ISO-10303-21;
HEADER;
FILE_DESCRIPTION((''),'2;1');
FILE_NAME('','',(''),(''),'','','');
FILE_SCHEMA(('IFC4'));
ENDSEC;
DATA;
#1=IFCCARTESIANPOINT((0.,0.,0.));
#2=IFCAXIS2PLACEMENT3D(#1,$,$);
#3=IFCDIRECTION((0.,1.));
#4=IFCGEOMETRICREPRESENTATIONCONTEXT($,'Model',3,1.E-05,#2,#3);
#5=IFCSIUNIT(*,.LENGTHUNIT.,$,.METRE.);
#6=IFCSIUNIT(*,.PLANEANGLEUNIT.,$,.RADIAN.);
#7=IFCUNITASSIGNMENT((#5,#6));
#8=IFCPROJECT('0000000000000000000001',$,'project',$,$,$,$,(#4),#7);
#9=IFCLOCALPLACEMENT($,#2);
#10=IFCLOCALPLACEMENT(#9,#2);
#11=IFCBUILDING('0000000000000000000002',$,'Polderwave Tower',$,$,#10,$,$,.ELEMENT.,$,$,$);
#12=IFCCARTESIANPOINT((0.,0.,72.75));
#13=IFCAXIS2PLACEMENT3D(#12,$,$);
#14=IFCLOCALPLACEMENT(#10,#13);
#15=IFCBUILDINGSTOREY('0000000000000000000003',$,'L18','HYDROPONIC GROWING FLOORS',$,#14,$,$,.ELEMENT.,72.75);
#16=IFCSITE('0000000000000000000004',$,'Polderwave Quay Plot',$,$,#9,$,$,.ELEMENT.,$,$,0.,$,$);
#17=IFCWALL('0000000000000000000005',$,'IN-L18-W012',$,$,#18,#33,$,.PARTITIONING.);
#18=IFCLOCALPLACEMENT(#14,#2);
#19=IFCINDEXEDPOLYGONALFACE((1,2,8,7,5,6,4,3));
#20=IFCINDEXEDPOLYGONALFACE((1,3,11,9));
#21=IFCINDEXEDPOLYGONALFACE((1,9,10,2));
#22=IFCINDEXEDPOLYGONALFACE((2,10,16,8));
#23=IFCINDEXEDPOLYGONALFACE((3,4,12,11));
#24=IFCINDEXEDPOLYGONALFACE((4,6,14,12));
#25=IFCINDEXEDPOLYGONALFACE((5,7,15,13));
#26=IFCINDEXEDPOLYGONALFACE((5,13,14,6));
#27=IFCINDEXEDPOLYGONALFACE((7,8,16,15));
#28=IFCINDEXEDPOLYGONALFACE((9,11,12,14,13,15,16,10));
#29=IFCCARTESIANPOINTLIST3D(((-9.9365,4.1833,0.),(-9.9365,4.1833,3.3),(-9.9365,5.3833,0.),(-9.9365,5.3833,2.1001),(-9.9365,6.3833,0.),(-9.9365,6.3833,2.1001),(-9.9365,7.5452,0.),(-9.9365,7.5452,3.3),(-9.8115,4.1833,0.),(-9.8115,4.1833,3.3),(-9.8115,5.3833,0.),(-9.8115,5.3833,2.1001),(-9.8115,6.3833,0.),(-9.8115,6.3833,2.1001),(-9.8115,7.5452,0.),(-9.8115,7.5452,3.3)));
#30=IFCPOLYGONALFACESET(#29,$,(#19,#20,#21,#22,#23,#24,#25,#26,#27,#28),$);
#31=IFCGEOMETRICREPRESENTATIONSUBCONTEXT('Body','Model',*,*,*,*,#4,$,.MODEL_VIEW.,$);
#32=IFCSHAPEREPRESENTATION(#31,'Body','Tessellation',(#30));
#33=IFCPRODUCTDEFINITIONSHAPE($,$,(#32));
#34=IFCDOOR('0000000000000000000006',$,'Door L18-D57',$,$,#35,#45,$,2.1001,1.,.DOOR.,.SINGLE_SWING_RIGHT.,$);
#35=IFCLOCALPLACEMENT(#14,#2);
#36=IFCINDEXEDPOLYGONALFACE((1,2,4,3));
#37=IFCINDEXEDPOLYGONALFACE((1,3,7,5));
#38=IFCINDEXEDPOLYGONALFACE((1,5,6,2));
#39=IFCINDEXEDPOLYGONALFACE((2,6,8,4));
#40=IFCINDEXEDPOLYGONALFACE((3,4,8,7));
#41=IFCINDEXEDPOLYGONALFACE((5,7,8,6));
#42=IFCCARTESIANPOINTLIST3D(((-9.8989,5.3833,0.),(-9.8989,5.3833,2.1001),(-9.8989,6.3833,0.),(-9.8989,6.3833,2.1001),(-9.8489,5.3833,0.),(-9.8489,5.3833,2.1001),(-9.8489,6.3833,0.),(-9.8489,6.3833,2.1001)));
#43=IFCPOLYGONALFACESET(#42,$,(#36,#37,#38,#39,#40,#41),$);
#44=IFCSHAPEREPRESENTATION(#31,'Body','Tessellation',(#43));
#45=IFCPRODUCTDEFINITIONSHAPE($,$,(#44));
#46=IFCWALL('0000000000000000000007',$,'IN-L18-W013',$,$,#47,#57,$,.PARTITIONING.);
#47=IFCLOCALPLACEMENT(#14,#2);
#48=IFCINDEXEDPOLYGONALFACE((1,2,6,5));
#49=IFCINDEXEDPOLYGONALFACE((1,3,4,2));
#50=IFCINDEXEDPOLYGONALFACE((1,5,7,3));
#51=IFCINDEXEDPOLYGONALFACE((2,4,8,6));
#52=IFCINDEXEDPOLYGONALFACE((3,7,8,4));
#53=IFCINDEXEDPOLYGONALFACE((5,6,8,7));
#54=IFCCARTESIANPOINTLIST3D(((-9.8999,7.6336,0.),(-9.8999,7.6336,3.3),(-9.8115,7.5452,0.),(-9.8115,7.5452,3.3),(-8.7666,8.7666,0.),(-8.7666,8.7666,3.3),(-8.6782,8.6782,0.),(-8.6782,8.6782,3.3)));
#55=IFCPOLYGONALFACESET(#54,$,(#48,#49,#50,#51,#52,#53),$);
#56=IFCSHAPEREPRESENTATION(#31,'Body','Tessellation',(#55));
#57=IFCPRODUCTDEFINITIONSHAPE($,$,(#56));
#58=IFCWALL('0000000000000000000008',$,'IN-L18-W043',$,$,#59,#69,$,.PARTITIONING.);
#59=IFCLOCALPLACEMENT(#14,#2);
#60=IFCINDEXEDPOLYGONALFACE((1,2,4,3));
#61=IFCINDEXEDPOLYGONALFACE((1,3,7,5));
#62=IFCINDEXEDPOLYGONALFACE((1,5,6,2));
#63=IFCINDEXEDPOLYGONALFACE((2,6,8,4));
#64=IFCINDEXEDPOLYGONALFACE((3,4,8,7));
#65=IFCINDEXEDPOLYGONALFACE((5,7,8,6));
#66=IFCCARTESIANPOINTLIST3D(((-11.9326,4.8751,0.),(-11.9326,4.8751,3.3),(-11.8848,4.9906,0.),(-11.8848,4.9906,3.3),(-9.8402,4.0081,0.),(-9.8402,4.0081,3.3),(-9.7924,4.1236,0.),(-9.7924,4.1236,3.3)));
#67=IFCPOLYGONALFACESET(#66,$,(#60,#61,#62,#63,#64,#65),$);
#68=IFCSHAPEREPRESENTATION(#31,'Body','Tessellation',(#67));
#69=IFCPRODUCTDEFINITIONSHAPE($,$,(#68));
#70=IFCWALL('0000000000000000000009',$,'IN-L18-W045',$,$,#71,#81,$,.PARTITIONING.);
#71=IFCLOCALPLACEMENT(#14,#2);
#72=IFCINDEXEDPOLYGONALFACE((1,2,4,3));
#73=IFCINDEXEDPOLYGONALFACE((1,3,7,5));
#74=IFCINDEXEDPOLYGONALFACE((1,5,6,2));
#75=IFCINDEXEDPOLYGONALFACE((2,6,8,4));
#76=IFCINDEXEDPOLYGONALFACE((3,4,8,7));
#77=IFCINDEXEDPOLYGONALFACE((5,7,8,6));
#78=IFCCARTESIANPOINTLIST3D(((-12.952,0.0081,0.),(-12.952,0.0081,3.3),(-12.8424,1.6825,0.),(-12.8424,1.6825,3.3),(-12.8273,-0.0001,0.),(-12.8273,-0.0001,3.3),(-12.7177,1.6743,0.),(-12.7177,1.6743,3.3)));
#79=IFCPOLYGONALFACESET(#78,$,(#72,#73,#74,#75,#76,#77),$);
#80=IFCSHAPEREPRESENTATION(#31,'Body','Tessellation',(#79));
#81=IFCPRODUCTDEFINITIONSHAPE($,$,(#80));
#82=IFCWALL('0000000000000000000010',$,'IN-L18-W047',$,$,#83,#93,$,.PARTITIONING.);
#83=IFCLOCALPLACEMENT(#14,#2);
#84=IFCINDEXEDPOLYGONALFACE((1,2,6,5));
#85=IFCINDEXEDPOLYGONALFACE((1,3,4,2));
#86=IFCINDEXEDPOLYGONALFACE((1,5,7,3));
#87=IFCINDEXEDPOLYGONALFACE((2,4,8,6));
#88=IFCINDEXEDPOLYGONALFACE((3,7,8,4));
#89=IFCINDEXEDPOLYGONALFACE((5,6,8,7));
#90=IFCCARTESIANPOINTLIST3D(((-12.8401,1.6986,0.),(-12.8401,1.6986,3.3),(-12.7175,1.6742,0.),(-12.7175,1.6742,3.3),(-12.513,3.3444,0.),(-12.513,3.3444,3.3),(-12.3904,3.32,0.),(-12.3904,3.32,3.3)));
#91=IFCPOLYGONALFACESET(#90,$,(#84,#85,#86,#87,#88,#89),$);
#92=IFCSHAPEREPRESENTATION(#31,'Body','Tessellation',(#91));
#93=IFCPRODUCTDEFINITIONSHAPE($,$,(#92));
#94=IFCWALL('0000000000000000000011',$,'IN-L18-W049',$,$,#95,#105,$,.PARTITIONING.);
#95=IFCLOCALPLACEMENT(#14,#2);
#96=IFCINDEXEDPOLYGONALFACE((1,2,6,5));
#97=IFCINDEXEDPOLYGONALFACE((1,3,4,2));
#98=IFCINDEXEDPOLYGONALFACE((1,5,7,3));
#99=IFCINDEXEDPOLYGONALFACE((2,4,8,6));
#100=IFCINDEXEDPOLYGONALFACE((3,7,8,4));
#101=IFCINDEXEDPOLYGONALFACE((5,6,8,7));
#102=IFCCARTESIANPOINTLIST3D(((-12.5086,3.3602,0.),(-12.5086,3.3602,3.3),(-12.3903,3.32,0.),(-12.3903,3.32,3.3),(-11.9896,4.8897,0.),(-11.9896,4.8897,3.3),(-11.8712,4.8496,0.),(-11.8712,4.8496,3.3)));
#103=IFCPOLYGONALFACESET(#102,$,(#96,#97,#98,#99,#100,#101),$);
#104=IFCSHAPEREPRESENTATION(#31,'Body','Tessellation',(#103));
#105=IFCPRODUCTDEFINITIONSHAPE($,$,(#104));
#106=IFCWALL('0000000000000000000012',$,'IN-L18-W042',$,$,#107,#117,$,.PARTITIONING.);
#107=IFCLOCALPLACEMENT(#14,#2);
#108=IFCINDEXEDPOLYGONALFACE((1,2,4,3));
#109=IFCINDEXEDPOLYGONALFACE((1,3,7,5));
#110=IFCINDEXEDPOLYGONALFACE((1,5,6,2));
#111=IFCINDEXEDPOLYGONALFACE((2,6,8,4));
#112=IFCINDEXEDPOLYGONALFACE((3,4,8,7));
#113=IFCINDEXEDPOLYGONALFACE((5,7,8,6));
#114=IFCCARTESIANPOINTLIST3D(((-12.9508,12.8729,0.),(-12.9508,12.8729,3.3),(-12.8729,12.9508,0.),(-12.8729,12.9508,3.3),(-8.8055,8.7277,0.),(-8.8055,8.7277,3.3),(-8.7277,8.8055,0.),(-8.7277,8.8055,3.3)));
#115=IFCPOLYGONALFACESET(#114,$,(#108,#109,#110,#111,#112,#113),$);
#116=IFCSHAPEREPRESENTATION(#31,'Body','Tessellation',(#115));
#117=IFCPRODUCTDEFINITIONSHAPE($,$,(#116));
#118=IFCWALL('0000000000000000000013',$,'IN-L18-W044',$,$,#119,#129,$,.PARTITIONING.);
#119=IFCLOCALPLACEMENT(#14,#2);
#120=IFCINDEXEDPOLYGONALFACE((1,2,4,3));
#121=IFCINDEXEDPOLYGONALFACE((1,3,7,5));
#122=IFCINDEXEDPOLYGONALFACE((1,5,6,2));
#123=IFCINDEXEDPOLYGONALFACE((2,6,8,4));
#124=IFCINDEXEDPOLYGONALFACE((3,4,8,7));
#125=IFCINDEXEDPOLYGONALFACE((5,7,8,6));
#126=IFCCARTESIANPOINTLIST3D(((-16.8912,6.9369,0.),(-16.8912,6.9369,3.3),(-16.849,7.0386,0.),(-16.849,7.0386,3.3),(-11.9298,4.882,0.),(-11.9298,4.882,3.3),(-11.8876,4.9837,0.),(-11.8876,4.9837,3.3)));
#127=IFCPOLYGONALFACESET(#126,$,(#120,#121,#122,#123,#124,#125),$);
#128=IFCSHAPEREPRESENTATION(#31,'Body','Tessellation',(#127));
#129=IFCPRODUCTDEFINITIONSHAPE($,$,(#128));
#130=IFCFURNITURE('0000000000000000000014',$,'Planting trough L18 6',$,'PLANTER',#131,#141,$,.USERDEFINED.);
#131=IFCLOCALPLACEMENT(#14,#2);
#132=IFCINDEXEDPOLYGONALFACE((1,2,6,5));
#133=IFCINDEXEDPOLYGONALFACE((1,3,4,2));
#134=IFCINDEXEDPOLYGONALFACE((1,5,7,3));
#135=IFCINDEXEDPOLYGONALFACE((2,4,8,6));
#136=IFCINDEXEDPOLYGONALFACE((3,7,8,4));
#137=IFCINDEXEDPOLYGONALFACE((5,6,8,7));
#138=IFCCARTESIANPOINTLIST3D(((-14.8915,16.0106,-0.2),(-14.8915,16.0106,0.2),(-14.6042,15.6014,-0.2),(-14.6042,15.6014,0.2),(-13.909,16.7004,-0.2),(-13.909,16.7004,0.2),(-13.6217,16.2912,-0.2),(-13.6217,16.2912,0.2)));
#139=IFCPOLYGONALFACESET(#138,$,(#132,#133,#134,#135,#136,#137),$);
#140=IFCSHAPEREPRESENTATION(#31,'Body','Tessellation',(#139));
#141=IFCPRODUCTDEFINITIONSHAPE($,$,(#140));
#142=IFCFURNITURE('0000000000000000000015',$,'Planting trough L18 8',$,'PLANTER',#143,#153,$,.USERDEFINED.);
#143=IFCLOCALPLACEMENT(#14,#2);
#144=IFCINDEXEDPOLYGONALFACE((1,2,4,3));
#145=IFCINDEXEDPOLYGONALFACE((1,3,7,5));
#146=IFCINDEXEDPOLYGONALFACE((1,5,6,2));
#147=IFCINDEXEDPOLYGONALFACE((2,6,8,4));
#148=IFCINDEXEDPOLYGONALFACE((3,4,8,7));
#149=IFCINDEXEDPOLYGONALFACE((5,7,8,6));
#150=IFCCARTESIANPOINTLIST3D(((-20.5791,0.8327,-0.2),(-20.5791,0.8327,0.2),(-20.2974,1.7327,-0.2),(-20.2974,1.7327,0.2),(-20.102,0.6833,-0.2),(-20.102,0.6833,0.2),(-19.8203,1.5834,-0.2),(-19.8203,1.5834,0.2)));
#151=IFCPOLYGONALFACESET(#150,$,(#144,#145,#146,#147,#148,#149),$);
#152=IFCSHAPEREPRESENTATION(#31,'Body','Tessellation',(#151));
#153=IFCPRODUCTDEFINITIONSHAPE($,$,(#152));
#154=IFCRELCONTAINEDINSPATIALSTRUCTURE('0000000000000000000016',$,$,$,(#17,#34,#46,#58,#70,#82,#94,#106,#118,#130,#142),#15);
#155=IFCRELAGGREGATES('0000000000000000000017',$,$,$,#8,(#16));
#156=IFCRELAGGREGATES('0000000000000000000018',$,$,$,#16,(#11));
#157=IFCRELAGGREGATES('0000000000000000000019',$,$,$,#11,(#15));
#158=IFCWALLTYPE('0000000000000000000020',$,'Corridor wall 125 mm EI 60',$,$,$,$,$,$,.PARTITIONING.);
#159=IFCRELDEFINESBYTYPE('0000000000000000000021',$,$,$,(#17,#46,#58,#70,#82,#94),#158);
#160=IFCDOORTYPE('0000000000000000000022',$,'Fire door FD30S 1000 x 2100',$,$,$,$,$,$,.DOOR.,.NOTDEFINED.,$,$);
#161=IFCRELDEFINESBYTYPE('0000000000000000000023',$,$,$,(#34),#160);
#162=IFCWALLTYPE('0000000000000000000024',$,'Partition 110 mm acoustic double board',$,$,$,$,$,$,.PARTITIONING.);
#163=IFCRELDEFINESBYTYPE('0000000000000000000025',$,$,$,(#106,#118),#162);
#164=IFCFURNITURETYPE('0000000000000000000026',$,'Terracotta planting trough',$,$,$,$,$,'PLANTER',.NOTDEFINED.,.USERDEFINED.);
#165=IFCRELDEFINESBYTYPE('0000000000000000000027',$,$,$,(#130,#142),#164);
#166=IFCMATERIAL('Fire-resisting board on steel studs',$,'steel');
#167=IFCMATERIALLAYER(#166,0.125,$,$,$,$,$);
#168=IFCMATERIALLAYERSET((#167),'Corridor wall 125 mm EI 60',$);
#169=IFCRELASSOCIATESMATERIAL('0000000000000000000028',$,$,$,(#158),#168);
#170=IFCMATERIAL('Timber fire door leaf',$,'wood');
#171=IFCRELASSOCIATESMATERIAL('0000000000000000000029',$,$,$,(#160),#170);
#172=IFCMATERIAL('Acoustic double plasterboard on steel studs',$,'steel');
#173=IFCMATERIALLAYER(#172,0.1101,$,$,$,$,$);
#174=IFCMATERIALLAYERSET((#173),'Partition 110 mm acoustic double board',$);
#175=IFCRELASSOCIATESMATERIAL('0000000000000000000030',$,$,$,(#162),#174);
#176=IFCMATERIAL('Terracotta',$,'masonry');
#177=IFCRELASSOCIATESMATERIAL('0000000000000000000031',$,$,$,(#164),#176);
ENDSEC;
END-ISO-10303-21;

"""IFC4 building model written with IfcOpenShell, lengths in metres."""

from ifc_helpers import new_model, si_unit, direction, frame, frame_2d, origin, origin_2d, place, context, subcontext, project, spatial, rectangle, extrude, material, layer, layer_set, type_object, element, fill, save


model = new_model("IFC4")

# Units and contexts
model_context = context("Model", 3, precision=1e-05, world=origin(), true_north=direction((0.0, 1.0)))
body_context = subcontext(model_context, "Body", "Model", "MODEL_VIEW")
ifc_project = project(units=[si_unit("LENGTHUNIT", "METRE"), si_unit("PLANEANGLEUNIT", "RADIAN")], contexts=[model_context])

# Site, building, storey
site_placement = place(None, origin())
site = spatial("IfcSite", under=ifc_project, at=site_placement, Name="Polderwave Quay Plot", CompositionType="ELEMENT", RefElevation=0.0)
building_placement = place(site_placement, origin())
building = spatial("IfcBuilding", under=site, at=building_placement, Name="Polderwave Tower", CompositionType="ELEMENT")
storey_placement = place(building_placement, frame((0.0, 0.0, 72.75)))
storey = spatial("IfcBuildingStorey", under=building, at=storey_placement, Name="L18", Description="HYDROPONIC GROWING FLOORS", CompositionType="ELEMENT", Elevation=72.75)

# Shared definitions
ifc_material_1 = material(Name="Fire-resisting board on steel studs", Category="steel")
ifc_layer_1 = layer(ifc_material_1, 0.125)
ifc_layer_set_1 = layer_set([ifc_layer_1], Name="Corridor wall 125 mm EI 60")
wall_type_1 = type_object("IfcWallType", Name="Corridor wall 125 mm EI 60", PredefinedType="PARTITIONING", material=ifc_layer_set_1)

# Wall, opening, door
wall_1_placement = place(storey_placement, frame((-9.874, 4.1833, 0.0), z_axis=(0.0, 0.0, 1.0), x_axis=(0.0, 1.0, 0.0)))
wall_1 = element("IfcWall", 1, at=wall_1_placement, inside=storey, type_object=wall_type_1, Name="IN-L18-W012", PredefinedType="PARTITIONING", context=body_context, shape_type="SweptSolid", body=[
    extrude(rectangle(XDim=3.3618, YDim=0.125, at=frame_2d((1.6809, 0.0))), origin(), (0.0, 0.0, 1.0), 3.3),
])
opening_placement = place(wall_1_placement, frame((1.2, 0.0, 0.0)))
opening = element("IfcOpeningElement", 2, at=opening_placement, cuts=wall_1, PredefinedType="OPENING", context=body_context, shape_type="SweptSolid", body=[
    extrude(rectangle(XDim=1.0, YDim=2.1001, at=frame_2d((0.5, 1.05))), frame((0.0, 0.0725, 0.0), z_axis=(0.0, -1.0, 0.0), x_axis=(1.0, 0.0, 0.0)), (0.0, 0.0, 1.0), 0.145),
])
ifc_material_2 = material(Name="Timber fire door leaf", Category="wood")
door_type = type_object("IfcDoorType", Name="Fire door FD30S 1000 x 2100", OperationType="NOTDEFINED", PredefinedType="DOOR", material=ifc_material_2)
door_placement = place(opening_placement, origin())
door = element("IfcDoor", 3, at=door_placement, inside=storey, type_object=door_type, Name="Door L18-D57", OperationType="SINGLE_SWING_RIGHT", OverallHeight=2.1001, OverallWidth=1.0, PredefinedType="DOOR", context=body_context, shape_type="SweptSolid", body=[
    extrude(rectangle(XDim=1.0, YDim=2.1001, at=frame_2d((0.5, 1.05))), frame((0.0, 0.0249, 0.0), z_axis=(0.0, -1.0, 0.0), x_axis=(1.0, 0.0, 0.0)), (0.0, 0.0, 1.0), 0.05),
])
fill(opening, door)

# Walls
wall_2_placement = place(storey_placement, frame((-9.8557, 7.5894, 0.0), z_axis=(0.0, 0.0, 1.0), x_axis=(0.707183, 0.707031, 0.0)))
element("IfcWall", 4, at=wall_2_placement, inside=storey, type_object=wall_type_1, Name="IN-L18-W013", PredefinedType="PARTITIONING", context=body_context, shape_type="SweptSolid", body=[
    extrude(rectangle(XDim=1.6025, YDim=0.125, at=frame_2d((0.8013, 0.0))), origin(), (0.0, 0.0, 1.0), 3.3),
])
wall_3_placement = place(storey_placement, frame((-9.8164, 4.0659, 0.0), z_axis=(0.0, 0.0, 1.0), x_axis=(-0.923834, 0.382793, 0.0)))
element("IfcWall", 5, at=wall_3_placement, inside=storey, type_object=wall_type_1, Name="IN-L18-W043", PredefinedType="PARTITIONING", context=body_context, shape_type="SweptSolid", body=[
    extrude(rectangle(XDim=2.2649, YDim=0.125, at=frame_2d((1.1323, 0.0))), origin(), (0.0, 0.0, 1.0), 3.3),
])
for number, where, z_axis, x_axis, name in (
    (6, (-12.8896, 0.0042, 0.0), (0.0, 0.0, 1.0), (0.065331, 0.997864, 0.0), "IN-L18-W045"),
    (7, (-12.7788, 1.6865, 0.0), (0.0, 0.0, 1.0), (0.194969, 0.980809, 0.0), "IN-L18-W047"),
):
    element("IfcWall", number, at=place(storey_placement, frame(where, z_axis=z_axis, x_axis=x_axis)), inside=storey, type_object=wall_type_1, Name=name, PredefinedType="PARTITIONING", context=body_context, shape_type="SweptSolid", body=[
        extrude(rectangle(XDim=1.678, YDim=0.125, at=frame_2d((0.8389, 0.0))), origin(), (0.0, 0.0, 1.0), 3.3),
    ])
wall_4_placement = place(storey_placement, frame((-12.4495, 3.3401, 0.0), z_axis=(0.0, 0.0, 1.0), x_axis=(0.321347, 0.946961, 0.0)))
element("IfcWall", 8, at=wall_4_placement, inside=storey, type_object=wall_type_1, Name="IN-L18-W049", PredefinedType="PARTITIONING", context=body_context, shape_type="SweptSolid", body=[
    extrude(rectangle(XDim=1.6152, YDim=0.125, at=frame_2d((0.8076, 0.0))), origin(), (0.0, 0.0, 1.0), 3.3),
])
ifc_material_3 = material(Name="Acoustic double plasterboard on steel studs", Category="steel")
ifc_layer_2 = layer(ifc_material_3, 0.1101)
ifc_layer_set_2 = layer_set([ifc_layer_2], Name="Partition 110 mm acoustic double board")
wall_type_2 = type_object("IfcWallType", Name="Partition 110 mm acoustic double board", PredefinedType="PARTITIONING", material=ifc_layer_set_2)
wall_5_placement = place(storey_placement, frame((-8.7666, 8.7666, 0.0), z_axis=(0.0, 0.0, 1.0), x_axis=(-0.707107, 0.707107, 0.0)))
element("IfcWall", 9, at=wall_5_placement, inside=storey, type_object=wall_type_2, Name="IN-L18-W042", PredefinedType="PARTITIONING", context=body_context, shape_type="SweptSolid", body=[
    extrude(rectangle(XDim=5.8623, YDim=0.1101, at=frame_2d((2.9312, 0.0))), origin(), (0.0, 0.0, 1.0), 3.3),
])
wall_6_placement = place(storey_placement, frame((-11.9087, 4.9329, 0.0), z_axis=(0.0, 0.0, 1.0), x_axis=(-0.92389, 0.382658, 0.0)))
element("IfcWall", 10, at=wall_6_placement, inside=storey, type_object=wall_type_2, Name="IN-L18-W044", PredefinedType="PARTITIONING", context=body_context, shape_type="SweptSolid", body=[
    extrude(rectangle(XDim=5.3701, YDim=0.1101, at=frame_2d((2.6851, 0.0))), origin(), (0.0, 0.0, 1.0), 3.3),
])

# Furniture
ifc_material_4 = material(Name="Terracotta", Category="masonry")
furniture_type = type_object("IfcFurnitureType", Name="Terracotta planting trough", ElementType="PLANTER", AssemblyPlace="NOTDEFINED", PredefinedType="USERDEFINED", material=ifc_material_4)
furniture_1_placement = place(storey_placement, frame((-14.2566, 16.1509, -0.2), z_axis=(0.0, 0.0, 1.0), x_axis=(-0.818423, -0.574617, 0.0)))
element("IfcFurniture", 11, at=furniture_1_placement, inside=storey, type_object=furniture_type, Name="Planting trough L18 6", ObjectType="PLANTER", PredefinedType="USERDEFINED", context=body_context, shape_type="SweptSolid", body=[
    extrude(rectangle(XDim=1.2004, YDim=0.5, at=origin_2d()), origin(), (0.0, 0.0, 1.0), 0.3999),
])
furniture_2_placement = place(storey_placement, frame((-20.1997, 1.208, -0.2), z_axis=(0.0, 0.0, 1.0), x_axis=(-0.298694, -0.954349, 0.0)))
element("IfcFurniture", 12, at=furniture_2_placement, inside=storey, type_object=furniture_type, Name="Planting trough L18 8", ObjectType="PLANTER", PredefinedType="USERDEFINED", context=body_context, shape_type="SweptSolid", body=[
    extrude(rectangle(XDim=0.9431, YDim=0.5, at=origin_2d()), origin(), (0.0, 0.0, 1.0), 0.3999),
])

save(model, "model.ifc")
